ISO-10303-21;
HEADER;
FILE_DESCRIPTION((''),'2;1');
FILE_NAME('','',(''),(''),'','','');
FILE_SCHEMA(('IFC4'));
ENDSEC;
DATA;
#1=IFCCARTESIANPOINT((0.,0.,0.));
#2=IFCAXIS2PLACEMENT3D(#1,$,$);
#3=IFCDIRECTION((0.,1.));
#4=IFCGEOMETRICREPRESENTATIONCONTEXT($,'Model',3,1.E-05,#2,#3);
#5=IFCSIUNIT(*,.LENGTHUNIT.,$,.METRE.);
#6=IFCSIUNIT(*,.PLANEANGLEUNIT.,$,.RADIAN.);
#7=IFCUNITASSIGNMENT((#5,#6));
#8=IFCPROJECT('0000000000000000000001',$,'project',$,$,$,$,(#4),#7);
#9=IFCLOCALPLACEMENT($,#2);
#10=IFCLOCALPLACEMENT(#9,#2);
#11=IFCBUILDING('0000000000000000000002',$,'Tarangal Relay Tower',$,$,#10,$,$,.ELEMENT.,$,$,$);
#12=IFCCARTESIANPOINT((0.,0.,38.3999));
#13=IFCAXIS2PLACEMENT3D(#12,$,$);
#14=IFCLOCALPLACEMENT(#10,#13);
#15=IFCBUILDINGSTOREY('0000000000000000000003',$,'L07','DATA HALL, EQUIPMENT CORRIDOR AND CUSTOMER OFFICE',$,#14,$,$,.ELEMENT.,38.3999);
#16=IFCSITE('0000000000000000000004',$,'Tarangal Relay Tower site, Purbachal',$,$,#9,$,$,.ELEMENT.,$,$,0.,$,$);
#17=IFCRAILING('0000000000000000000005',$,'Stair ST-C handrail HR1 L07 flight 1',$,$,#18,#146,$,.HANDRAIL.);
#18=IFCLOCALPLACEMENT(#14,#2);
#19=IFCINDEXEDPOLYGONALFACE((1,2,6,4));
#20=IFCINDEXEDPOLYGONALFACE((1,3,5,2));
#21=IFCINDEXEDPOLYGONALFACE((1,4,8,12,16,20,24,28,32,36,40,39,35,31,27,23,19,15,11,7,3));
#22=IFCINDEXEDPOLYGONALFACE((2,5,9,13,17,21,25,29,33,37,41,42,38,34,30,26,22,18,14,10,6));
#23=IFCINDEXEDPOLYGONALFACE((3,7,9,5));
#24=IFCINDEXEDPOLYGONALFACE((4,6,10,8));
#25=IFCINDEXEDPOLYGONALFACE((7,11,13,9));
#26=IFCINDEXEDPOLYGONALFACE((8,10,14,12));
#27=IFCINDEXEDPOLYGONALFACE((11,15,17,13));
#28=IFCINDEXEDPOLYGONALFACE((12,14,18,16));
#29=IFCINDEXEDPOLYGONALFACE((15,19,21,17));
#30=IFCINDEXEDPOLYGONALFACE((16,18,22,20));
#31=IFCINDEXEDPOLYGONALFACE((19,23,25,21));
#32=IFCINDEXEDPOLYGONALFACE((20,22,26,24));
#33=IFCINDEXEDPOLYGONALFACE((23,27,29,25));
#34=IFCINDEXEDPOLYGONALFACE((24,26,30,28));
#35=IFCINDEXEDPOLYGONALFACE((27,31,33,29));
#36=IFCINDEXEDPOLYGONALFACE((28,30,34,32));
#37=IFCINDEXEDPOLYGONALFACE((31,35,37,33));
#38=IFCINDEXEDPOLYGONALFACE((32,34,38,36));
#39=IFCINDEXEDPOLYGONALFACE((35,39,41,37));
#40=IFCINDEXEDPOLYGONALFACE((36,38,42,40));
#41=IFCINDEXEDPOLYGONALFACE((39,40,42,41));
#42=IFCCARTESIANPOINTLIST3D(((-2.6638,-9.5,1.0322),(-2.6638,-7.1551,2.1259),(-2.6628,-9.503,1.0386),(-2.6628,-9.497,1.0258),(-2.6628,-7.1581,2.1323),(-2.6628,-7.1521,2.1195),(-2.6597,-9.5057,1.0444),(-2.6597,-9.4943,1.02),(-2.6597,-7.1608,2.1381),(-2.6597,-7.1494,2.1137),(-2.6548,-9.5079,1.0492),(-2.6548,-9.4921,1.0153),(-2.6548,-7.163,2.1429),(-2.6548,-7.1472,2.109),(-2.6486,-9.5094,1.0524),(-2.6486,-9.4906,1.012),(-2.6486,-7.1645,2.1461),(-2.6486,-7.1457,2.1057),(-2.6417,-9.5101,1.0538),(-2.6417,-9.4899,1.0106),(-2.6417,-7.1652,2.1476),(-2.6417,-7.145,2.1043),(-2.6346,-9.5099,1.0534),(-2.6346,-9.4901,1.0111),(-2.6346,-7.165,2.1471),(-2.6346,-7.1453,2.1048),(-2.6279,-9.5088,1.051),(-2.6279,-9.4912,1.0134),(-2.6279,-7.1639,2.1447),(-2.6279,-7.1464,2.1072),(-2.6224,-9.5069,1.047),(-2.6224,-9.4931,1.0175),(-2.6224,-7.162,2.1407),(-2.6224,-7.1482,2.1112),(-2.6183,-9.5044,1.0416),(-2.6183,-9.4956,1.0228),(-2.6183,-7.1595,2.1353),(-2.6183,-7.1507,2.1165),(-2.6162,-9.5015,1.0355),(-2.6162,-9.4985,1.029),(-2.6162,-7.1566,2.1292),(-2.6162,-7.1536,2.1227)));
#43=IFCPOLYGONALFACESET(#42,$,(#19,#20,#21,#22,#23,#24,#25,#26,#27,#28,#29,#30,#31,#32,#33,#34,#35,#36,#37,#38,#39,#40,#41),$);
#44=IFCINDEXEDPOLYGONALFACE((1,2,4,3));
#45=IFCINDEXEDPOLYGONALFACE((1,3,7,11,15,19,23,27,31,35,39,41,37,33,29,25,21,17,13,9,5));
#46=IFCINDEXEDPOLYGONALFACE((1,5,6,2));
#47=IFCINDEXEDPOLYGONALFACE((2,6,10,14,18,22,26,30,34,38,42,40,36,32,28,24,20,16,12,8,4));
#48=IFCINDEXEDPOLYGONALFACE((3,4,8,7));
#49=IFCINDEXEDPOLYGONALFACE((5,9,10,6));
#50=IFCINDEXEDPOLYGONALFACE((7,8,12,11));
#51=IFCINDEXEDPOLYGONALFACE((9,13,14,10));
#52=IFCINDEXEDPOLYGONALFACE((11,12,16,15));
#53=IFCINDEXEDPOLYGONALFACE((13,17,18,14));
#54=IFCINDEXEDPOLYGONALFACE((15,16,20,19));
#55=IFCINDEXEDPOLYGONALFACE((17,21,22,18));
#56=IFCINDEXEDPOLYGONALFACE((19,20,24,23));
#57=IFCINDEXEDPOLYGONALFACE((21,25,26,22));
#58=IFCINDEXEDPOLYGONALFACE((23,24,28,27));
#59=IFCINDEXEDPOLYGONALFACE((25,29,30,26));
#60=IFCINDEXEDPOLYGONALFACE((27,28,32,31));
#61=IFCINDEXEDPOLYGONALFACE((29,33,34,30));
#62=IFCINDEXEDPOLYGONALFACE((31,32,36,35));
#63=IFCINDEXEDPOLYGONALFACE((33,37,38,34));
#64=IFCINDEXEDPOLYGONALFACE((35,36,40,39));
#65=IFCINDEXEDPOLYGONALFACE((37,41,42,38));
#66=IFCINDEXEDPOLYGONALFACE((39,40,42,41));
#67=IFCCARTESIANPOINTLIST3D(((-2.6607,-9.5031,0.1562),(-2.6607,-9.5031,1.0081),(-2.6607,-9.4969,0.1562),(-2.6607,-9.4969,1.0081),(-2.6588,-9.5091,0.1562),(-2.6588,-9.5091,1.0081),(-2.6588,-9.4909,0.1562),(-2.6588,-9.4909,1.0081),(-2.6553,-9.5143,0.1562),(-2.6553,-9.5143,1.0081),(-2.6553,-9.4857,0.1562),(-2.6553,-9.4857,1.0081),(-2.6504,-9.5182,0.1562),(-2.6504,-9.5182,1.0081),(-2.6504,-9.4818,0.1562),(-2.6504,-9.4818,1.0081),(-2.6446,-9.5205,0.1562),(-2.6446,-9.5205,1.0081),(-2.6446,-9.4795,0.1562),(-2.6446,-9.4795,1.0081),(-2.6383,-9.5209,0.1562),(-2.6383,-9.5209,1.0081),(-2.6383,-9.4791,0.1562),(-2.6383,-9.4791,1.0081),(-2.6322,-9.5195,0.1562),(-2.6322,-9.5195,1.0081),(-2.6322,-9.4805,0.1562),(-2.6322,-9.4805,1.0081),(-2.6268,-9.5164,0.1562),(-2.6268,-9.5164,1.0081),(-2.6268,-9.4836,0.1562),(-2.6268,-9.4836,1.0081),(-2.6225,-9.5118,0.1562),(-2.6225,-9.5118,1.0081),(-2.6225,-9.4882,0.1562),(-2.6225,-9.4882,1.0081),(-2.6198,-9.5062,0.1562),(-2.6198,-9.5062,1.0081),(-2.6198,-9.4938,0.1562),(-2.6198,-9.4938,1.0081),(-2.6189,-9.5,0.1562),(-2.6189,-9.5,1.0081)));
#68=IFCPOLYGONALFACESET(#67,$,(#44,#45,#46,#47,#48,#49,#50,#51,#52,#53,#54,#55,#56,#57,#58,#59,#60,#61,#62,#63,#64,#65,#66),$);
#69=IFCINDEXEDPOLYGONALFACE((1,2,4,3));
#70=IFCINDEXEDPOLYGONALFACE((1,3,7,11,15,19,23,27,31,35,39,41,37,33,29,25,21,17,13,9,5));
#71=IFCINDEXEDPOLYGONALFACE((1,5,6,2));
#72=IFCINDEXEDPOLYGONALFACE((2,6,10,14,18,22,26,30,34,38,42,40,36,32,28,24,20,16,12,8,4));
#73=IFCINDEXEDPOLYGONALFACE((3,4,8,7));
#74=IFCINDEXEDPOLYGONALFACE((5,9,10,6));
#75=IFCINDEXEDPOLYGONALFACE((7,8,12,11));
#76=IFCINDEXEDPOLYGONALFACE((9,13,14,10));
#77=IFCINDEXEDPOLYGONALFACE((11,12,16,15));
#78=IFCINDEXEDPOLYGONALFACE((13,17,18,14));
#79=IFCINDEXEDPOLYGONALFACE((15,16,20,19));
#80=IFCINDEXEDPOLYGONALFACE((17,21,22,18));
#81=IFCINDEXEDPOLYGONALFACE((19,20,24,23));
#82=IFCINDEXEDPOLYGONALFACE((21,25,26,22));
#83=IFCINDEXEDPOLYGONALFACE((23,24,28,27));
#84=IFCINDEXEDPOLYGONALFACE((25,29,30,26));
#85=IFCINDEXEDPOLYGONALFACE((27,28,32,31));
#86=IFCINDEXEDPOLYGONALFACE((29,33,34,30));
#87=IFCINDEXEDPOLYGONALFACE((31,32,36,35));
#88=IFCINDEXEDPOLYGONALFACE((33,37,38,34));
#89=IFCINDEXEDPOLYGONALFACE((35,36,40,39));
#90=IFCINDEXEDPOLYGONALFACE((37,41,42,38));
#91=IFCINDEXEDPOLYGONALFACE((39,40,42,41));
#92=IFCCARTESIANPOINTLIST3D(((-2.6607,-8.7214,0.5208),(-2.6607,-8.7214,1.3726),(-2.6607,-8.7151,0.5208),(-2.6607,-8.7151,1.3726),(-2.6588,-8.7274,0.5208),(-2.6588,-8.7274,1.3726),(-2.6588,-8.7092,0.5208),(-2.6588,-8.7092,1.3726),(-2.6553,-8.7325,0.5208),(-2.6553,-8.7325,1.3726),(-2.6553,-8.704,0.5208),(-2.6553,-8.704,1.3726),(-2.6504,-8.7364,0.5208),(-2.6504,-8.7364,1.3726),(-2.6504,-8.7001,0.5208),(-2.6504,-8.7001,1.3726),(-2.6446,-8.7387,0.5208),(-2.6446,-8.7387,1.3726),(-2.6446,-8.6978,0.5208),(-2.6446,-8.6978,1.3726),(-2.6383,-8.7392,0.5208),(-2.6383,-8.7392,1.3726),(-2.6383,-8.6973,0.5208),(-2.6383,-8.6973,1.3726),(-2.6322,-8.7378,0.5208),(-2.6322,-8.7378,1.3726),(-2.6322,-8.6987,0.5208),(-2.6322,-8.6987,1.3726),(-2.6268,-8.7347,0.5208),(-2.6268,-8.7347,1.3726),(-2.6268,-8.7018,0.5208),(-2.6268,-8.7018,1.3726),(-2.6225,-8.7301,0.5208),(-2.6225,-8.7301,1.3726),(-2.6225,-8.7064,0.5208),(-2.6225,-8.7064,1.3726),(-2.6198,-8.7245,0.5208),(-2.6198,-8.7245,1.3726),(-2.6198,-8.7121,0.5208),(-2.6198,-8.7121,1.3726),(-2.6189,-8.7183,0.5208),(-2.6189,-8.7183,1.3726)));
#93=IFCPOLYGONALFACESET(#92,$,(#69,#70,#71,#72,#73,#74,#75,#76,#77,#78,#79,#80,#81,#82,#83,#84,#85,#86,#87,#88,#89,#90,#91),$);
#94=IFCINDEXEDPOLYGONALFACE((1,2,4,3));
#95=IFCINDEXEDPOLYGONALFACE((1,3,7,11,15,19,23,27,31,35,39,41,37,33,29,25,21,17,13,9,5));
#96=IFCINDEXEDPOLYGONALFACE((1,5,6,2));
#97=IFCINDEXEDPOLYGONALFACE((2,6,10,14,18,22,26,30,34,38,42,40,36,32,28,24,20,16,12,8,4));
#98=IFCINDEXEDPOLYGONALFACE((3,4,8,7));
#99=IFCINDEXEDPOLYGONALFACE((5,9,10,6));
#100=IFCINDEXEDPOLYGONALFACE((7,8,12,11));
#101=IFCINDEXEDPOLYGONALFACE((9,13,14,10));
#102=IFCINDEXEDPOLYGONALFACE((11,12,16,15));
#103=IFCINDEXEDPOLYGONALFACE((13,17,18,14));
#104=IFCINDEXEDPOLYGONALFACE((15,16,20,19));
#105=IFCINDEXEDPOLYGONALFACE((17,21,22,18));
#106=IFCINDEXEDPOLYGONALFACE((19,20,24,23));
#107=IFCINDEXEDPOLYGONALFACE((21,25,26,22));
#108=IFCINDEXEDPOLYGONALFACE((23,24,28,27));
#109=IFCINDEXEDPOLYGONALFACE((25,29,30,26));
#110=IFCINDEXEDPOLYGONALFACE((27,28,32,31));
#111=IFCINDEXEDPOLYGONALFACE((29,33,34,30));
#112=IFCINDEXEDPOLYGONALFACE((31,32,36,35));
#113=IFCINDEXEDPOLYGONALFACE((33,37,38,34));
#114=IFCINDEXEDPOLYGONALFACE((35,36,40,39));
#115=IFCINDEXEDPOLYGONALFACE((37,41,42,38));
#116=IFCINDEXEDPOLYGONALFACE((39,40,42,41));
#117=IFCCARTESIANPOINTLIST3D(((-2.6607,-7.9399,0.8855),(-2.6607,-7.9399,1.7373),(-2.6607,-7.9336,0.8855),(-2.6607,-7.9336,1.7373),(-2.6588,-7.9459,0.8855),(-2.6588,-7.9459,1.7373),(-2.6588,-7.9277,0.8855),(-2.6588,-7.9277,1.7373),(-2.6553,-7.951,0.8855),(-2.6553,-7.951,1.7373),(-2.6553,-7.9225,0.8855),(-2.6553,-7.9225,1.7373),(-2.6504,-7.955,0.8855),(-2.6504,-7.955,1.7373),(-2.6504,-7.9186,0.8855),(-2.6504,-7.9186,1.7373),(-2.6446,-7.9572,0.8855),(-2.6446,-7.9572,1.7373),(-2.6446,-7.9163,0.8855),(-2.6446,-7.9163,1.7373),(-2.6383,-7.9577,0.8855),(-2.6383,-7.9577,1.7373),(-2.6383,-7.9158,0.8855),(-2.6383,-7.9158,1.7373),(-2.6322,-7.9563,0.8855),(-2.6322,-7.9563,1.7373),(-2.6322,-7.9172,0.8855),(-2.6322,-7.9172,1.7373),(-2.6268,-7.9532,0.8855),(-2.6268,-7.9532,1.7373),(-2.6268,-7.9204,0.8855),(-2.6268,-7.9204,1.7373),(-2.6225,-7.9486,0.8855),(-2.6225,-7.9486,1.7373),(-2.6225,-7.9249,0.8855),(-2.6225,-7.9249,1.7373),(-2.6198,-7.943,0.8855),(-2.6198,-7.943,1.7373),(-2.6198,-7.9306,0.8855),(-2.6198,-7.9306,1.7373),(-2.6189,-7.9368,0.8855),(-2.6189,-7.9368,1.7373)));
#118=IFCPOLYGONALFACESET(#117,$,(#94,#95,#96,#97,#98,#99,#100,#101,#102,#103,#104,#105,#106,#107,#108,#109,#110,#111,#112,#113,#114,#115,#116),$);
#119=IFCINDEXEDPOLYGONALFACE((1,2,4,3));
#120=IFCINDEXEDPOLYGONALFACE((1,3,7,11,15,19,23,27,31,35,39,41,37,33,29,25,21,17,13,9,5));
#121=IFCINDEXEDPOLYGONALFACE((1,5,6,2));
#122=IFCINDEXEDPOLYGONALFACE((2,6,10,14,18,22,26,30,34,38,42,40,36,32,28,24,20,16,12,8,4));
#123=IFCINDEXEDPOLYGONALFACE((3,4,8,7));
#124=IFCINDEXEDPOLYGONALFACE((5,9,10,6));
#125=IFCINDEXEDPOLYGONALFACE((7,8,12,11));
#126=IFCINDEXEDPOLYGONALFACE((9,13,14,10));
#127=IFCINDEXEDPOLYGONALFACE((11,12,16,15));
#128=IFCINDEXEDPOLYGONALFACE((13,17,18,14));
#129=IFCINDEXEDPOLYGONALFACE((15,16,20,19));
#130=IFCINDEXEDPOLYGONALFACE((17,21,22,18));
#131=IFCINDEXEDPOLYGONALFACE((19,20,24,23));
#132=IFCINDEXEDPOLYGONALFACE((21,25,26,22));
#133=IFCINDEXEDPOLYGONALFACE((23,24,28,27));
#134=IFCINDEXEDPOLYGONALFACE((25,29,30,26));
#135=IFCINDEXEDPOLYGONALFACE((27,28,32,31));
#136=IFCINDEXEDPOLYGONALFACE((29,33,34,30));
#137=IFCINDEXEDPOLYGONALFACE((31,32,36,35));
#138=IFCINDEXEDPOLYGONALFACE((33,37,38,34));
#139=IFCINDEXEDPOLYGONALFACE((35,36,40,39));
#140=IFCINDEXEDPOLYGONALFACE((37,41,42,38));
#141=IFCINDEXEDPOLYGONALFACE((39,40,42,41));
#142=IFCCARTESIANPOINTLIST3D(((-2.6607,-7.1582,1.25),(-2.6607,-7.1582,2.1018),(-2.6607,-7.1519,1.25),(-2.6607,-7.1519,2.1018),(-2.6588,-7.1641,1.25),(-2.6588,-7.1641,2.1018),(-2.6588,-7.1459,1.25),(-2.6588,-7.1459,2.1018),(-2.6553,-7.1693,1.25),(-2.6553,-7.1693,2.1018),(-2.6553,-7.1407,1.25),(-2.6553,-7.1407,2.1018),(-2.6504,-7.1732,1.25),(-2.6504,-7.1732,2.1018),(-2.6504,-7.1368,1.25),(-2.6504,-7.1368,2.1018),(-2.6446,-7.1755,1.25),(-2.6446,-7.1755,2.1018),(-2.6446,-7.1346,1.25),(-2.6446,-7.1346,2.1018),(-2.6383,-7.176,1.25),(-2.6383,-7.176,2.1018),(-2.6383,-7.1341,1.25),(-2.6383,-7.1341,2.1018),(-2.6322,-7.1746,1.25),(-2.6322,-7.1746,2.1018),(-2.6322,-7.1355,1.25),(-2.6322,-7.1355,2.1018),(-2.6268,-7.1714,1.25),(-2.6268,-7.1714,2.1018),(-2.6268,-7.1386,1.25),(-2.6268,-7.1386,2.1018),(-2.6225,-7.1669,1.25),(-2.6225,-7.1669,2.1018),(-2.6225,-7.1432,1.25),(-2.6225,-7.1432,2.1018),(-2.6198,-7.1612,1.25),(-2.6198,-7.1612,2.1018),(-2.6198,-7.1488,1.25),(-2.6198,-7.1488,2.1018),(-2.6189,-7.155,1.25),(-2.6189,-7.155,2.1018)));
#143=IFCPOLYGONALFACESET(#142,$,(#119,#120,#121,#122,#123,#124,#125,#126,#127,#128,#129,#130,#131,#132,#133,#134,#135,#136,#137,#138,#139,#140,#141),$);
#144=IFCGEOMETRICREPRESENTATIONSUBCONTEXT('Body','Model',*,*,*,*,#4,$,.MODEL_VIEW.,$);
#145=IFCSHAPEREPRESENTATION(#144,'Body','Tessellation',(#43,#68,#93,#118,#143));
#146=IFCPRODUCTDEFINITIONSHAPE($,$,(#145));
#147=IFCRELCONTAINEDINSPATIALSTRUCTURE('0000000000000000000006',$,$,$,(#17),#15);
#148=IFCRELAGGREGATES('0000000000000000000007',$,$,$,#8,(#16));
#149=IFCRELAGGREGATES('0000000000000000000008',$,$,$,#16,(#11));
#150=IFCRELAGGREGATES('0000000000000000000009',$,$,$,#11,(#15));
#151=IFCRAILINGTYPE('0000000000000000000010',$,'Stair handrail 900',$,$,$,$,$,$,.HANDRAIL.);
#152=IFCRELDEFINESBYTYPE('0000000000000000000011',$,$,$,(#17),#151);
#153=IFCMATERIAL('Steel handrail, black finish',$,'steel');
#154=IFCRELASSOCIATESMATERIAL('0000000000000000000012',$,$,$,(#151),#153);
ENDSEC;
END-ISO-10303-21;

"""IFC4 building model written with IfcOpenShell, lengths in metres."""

from ifc_helpers import new_model, si_unit, direction, frame, origin, origin_2d, place, context, subcontext, project, spatial, circle, extrude, material, type_object, element, save


model = new_model("IFC4")

# Units and contexts
model_context = context("Model", 3, precision=1e-05, world=origin(), true_north=direction((0.0, 1.0)))
body_context = subcontext(model_context, "Body", "Model", "MODEL_VIEW")
ifc_project = project(units=[si_unit("LENGTHUNIT", "METRE"), si_unit("PLANEANGLEUNIT", "RADIAN")], contexts=[model_context])

# Site, building, storey
site_placement = place(None, origin())
site = spatial("IfcSite", under=ifc_project, at=site_placement, Name="Tarangal Relay Tower site, Purbachal", CompositionType="ELEMENT", RefElevation=0.0)
building_placement = place(site_placement, origin())
building = spatial("IfcBuilding", under=site, at=building_placement, Name="Tarangal Relay Tower", CompositionType="ELEMENT")
storey_placement = place(building_placement, frame((0.0, 0.0, 38.3999)))
storey = spatial("IfcBuildingStorey", under=building, at=storey_placement, Name="L07", Description="DATA HALL, EQUIPMENT CORRIDOR AND CUSTOMER OFFICE", CompositionType="ELEMENT", Elevation=38.3999)

# Railing
ifc_material_1 = material(Name="Steel handrail, black finish", Category="steel")
railing_type_1 = type_object("IfcRailingType", Name="Stair handrail 900", PredefinedType="HANDRAIL", material=ifc_material_1)
for number, where, name in (
    (1, (-2.6399, -9.5, 0.1562), "Stair ST-C handrail HR1 L07 flight 1"),
):
    element("IfcRailing", number, at=place(storey_placement, frame(where)), inside=storey, type_object=railing_type_1, Name=name, PredefinedType="HANDRAIL", context=body_context, shape_type="SweptSolid", body=[
        extrude(circle(Radius=0.0239, at=origin_2d()), frame((0.0, 0.0, 0.876), z_axis=(0.0, 0.906267, 0.422705), x_axis=(-1.0, 0.0, 0.0)), (0.0, 0.0, 1.0), 2.5874),
        extrude(circle(Radius=0.021, at=origin_2d()), origin(), (0.0, 0.0, 1.0), 0.8518),
        extrude(circle(Radius=0.021, at=origin_2d()), frame((0.0, 0.7817, 0.3645)), (0.0, 0.0, 1.0), 0.8518),
        extrude(circle(Radius=0.021, at=origin_2d()), frame((0.0, 1.5632, 0.7292)), (0.0, 0.0, 1.0), 0.8518),
        extrude(circle(Radius=0.021, at=origin_2d()), frame((0.0, 2.345, 1.0938)), (0.0, 0.0, 1.0), 0.8518),
    ])

save(model, "model.ifc")
